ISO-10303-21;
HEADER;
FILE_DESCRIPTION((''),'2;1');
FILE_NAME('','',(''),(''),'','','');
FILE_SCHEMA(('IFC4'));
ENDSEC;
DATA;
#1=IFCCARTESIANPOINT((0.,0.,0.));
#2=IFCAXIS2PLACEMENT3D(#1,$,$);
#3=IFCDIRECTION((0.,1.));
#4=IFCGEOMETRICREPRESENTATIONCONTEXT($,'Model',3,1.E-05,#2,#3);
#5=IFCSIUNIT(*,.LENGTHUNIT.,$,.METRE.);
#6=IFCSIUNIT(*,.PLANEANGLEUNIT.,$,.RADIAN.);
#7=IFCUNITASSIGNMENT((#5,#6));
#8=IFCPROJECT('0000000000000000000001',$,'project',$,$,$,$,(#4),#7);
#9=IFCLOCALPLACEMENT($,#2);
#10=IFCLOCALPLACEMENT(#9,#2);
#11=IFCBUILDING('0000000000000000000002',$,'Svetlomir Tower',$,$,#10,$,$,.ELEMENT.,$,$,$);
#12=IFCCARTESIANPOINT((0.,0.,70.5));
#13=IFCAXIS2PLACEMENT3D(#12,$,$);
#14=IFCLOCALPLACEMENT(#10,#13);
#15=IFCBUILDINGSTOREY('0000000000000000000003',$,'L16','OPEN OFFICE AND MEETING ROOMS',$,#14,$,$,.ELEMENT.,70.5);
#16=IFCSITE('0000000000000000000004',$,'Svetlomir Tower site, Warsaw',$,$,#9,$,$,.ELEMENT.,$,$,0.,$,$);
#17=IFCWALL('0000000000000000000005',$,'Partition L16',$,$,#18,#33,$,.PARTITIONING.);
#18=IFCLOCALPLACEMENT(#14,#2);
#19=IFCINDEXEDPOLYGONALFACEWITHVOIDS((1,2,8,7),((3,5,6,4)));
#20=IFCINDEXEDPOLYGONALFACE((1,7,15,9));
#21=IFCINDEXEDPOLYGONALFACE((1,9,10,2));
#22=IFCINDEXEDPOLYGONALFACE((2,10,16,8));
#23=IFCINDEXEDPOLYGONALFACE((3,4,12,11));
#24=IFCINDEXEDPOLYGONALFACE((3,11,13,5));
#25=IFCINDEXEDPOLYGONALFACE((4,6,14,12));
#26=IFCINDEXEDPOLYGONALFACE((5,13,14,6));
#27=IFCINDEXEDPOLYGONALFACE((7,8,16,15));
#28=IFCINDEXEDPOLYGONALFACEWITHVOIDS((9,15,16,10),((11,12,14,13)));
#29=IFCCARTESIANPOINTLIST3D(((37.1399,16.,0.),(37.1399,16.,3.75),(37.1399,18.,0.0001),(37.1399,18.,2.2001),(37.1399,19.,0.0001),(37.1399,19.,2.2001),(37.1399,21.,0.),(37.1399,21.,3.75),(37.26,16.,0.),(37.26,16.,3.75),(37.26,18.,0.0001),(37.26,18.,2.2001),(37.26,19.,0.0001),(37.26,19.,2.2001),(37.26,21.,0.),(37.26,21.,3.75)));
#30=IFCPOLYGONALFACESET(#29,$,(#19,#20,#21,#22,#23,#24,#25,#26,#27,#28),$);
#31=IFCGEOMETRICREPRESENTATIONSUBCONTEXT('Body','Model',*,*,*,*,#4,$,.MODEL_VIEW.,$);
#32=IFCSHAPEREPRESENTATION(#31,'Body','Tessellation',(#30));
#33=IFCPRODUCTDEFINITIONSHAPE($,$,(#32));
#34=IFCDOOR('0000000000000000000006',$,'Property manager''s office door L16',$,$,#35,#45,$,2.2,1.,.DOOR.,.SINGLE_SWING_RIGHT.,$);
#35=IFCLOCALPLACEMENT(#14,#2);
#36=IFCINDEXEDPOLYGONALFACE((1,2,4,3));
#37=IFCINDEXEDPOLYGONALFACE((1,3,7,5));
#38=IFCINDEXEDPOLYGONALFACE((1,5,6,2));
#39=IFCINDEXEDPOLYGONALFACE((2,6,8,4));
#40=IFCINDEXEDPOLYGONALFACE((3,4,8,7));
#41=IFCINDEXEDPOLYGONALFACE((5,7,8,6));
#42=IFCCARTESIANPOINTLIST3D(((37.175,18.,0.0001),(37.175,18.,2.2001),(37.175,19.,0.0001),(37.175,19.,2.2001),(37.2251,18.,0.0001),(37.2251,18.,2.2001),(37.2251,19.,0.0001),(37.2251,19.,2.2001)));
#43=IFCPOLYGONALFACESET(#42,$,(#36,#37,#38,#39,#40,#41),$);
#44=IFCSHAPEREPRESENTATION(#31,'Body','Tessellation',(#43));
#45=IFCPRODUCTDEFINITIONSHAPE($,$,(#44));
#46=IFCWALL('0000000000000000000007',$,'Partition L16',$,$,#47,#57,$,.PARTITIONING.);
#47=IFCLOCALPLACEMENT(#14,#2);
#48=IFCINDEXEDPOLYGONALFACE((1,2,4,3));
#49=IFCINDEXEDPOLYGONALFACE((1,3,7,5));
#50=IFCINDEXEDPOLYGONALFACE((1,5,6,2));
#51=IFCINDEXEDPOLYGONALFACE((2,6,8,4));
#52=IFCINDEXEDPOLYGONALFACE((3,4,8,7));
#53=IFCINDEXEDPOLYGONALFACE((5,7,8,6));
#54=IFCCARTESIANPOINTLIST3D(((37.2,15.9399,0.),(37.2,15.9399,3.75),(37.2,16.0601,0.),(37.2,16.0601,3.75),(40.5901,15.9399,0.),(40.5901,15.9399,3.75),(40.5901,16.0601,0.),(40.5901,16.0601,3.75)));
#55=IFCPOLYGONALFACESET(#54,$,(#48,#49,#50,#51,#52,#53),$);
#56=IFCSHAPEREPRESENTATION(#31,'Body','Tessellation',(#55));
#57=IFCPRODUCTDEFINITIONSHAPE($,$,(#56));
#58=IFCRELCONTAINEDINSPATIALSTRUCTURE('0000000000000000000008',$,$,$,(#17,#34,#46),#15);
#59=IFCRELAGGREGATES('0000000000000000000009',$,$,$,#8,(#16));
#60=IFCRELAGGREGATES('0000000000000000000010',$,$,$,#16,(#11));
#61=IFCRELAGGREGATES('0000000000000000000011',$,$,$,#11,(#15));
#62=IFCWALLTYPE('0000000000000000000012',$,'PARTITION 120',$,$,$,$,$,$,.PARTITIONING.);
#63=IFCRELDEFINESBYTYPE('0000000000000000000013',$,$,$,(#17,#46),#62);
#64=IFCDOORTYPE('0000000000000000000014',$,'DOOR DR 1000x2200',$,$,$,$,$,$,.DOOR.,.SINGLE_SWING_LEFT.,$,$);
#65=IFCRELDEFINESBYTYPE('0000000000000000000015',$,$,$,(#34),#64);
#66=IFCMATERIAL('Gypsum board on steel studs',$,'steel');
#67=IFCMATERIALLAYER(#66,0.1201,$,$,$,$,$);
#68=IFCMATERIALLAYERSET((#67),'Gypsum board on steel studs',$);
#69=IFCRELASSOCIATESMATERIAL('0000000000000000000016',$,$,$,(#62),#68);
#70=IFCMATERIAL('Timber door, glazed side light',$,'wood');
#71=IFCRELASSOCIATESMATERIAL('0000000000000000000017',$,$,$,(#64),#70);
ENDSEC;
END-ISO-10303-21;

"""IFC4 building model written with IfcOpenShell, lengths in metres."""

from ifc_helpers import new_model, si_unit, direction, frame, frame_2d, origin, place, context, subcontext, project, spatial, rectangle, extrude, material, layer, layer_set, type_object, element, fill, save


model = new_model("IFC4")

# Units and contexts
model_context = context("Model", 3, precision=1e-05, world=origin(), true_north=direction((0.0, 1.0)))
body_context = subcontext(model_context, "Body", "Model", "MODEL_VIEW")
ifc_project = project(units=[si_unit("LENGTHUNIT", "METRE"), si_unit("PLANEANGLEUNIT", "RADIAN")], contexts=[model_context])

# Site, building, storey
site_placement = place(None, origin())
site = spatial("IfcSite", under=ifc_project, at=site_placement, Name="Svetlomir Tower site, Warsaw", CompositionType="ELEMENT", RefElevation=0.0)
building_placement = place(site_placement, origin())
building = spatial("IfcBuilding", under=site, at=building_placement, Name="Svetlomir Tower", CompositionType="ELEMENT")
storey_placement = place(building_placement, frame((0.0, 0.0, 70.5)))
storey = spatial("IfcBuildingStorey", under=building, at=storey_placement, Name="L16", Description="OPEN OFFICE AND MEETING ROOMS", CompositionType="ELEMENT", Elevation=70.5)

# Shared definitions
ifc_material_1 = material(Name="Gypsum board on steel studs", Category="steel")
ifc_layer_1 = layer(ifc_material_1, 0.1201)
ifc_layer_set_1 = layer_set([ifc_layer_1], Name="Gypsum board on steel studs")
wall_type_1 = type_object("IfcWallType", Name="PARTITION 120", PredefinedType="PARTITIONING", material=ifc_layer_set_1)

# Wall, opening, door
ifc_material_2 = material(Name="Timber door, glazed side light", Category="wood")
door_type_1 = type_object("IfcDoorType", Name="DOOR DR 1000x2200", OperationType="SINGLE_SWING_LEFT", PredefinedType="DOOR", material=ifc_material_2)
wall_1_placement = place(storey_placement, frame((37.2, 16.0, 0.0), z_axis=(0.0, 0.0, 1.0), x_axis=(0.0, 1.0, 0.0)))
wall_1 = element("IfcWall", 1, at=wall_1_placement, inside=storey, type_object=wall_type_1, Name="Partition L16", PredefinedType="PARTITIONING", context=body_context, shape_type="SweptSolid", body=[
    extrude(rectangle(XDim=5.0, YDim=0.1201, at=frame_2d((2.5, 0.0))), origin(), (0.0, 0.0, 1.0), 3.75),
])
opening_1_placement = place(wall_1_placement, frame((2.0, 0.0, 0.0)))
opening_1 = element("IfcOpeningElement", 2, at=opening_1_placement, cuts=wall_1, PredefinedType="OPENING", context=body_context, shape_type="SweptSolid", body=[
    extrude(rectangle(XDim=1.0, YDim=2.2, at=frame_2d((0.5, 1.1001))), frame((0.0, 0.0701, 0.0), z_axis=(0.0, -1.0, 0.0), x_axis=(1.0, 0.0, 0.0)), (0.0, 0.0, 1.0), 0.1401),
])
door_1_placement = place(opening_1_placement, origin())
door_1 = element("IfcDoor", 3, at=door_1_placement, inside=storey, type_object=door_type_1, Name="Property manager's office door L16", OperationType="SINGLE_SWING_RIGHT", OverallHeight=2.2, OverallWidth=1.0, PredefinedType="DOOR", context=body_context, shape_type="SweptSolid", body=[
    extrude(rectangle(XDim=1.0, YDim=2.2, at=frame_2d((0.5, 1.1001))), frame((0.0, 0.0249, 0.0), z_axis=(0.0, -1.0, 0.0), x_axis=(1.0, 0.0, 0.0)), (0.0, 0.0, 1.0), 0.05),
])
fill(opening_1, door_1)

# Wall
wall_2_placement = place(storey_placement, frame((37.2, 16.0, 0.0), z_axis=(0.0, 0.0, 1.0), x_axis=(1.0, 0.0, 0.0)))
element("IfcWall", 4, at=wall_2_placement, inside=storey, type_object=wall_type_1, Name="Partition L16", PredefinedType="PARTITIONING", context=body_context, shape_type="SweptSolid", body=[
    extrude(rectangle(XDim=3.3901, YDim=0.1201, at=frame_2d((1.6951, 0.0))), origin(), (0.0, 0.0, 1.0), 3.75),
])

save(model, "model.ifc")
